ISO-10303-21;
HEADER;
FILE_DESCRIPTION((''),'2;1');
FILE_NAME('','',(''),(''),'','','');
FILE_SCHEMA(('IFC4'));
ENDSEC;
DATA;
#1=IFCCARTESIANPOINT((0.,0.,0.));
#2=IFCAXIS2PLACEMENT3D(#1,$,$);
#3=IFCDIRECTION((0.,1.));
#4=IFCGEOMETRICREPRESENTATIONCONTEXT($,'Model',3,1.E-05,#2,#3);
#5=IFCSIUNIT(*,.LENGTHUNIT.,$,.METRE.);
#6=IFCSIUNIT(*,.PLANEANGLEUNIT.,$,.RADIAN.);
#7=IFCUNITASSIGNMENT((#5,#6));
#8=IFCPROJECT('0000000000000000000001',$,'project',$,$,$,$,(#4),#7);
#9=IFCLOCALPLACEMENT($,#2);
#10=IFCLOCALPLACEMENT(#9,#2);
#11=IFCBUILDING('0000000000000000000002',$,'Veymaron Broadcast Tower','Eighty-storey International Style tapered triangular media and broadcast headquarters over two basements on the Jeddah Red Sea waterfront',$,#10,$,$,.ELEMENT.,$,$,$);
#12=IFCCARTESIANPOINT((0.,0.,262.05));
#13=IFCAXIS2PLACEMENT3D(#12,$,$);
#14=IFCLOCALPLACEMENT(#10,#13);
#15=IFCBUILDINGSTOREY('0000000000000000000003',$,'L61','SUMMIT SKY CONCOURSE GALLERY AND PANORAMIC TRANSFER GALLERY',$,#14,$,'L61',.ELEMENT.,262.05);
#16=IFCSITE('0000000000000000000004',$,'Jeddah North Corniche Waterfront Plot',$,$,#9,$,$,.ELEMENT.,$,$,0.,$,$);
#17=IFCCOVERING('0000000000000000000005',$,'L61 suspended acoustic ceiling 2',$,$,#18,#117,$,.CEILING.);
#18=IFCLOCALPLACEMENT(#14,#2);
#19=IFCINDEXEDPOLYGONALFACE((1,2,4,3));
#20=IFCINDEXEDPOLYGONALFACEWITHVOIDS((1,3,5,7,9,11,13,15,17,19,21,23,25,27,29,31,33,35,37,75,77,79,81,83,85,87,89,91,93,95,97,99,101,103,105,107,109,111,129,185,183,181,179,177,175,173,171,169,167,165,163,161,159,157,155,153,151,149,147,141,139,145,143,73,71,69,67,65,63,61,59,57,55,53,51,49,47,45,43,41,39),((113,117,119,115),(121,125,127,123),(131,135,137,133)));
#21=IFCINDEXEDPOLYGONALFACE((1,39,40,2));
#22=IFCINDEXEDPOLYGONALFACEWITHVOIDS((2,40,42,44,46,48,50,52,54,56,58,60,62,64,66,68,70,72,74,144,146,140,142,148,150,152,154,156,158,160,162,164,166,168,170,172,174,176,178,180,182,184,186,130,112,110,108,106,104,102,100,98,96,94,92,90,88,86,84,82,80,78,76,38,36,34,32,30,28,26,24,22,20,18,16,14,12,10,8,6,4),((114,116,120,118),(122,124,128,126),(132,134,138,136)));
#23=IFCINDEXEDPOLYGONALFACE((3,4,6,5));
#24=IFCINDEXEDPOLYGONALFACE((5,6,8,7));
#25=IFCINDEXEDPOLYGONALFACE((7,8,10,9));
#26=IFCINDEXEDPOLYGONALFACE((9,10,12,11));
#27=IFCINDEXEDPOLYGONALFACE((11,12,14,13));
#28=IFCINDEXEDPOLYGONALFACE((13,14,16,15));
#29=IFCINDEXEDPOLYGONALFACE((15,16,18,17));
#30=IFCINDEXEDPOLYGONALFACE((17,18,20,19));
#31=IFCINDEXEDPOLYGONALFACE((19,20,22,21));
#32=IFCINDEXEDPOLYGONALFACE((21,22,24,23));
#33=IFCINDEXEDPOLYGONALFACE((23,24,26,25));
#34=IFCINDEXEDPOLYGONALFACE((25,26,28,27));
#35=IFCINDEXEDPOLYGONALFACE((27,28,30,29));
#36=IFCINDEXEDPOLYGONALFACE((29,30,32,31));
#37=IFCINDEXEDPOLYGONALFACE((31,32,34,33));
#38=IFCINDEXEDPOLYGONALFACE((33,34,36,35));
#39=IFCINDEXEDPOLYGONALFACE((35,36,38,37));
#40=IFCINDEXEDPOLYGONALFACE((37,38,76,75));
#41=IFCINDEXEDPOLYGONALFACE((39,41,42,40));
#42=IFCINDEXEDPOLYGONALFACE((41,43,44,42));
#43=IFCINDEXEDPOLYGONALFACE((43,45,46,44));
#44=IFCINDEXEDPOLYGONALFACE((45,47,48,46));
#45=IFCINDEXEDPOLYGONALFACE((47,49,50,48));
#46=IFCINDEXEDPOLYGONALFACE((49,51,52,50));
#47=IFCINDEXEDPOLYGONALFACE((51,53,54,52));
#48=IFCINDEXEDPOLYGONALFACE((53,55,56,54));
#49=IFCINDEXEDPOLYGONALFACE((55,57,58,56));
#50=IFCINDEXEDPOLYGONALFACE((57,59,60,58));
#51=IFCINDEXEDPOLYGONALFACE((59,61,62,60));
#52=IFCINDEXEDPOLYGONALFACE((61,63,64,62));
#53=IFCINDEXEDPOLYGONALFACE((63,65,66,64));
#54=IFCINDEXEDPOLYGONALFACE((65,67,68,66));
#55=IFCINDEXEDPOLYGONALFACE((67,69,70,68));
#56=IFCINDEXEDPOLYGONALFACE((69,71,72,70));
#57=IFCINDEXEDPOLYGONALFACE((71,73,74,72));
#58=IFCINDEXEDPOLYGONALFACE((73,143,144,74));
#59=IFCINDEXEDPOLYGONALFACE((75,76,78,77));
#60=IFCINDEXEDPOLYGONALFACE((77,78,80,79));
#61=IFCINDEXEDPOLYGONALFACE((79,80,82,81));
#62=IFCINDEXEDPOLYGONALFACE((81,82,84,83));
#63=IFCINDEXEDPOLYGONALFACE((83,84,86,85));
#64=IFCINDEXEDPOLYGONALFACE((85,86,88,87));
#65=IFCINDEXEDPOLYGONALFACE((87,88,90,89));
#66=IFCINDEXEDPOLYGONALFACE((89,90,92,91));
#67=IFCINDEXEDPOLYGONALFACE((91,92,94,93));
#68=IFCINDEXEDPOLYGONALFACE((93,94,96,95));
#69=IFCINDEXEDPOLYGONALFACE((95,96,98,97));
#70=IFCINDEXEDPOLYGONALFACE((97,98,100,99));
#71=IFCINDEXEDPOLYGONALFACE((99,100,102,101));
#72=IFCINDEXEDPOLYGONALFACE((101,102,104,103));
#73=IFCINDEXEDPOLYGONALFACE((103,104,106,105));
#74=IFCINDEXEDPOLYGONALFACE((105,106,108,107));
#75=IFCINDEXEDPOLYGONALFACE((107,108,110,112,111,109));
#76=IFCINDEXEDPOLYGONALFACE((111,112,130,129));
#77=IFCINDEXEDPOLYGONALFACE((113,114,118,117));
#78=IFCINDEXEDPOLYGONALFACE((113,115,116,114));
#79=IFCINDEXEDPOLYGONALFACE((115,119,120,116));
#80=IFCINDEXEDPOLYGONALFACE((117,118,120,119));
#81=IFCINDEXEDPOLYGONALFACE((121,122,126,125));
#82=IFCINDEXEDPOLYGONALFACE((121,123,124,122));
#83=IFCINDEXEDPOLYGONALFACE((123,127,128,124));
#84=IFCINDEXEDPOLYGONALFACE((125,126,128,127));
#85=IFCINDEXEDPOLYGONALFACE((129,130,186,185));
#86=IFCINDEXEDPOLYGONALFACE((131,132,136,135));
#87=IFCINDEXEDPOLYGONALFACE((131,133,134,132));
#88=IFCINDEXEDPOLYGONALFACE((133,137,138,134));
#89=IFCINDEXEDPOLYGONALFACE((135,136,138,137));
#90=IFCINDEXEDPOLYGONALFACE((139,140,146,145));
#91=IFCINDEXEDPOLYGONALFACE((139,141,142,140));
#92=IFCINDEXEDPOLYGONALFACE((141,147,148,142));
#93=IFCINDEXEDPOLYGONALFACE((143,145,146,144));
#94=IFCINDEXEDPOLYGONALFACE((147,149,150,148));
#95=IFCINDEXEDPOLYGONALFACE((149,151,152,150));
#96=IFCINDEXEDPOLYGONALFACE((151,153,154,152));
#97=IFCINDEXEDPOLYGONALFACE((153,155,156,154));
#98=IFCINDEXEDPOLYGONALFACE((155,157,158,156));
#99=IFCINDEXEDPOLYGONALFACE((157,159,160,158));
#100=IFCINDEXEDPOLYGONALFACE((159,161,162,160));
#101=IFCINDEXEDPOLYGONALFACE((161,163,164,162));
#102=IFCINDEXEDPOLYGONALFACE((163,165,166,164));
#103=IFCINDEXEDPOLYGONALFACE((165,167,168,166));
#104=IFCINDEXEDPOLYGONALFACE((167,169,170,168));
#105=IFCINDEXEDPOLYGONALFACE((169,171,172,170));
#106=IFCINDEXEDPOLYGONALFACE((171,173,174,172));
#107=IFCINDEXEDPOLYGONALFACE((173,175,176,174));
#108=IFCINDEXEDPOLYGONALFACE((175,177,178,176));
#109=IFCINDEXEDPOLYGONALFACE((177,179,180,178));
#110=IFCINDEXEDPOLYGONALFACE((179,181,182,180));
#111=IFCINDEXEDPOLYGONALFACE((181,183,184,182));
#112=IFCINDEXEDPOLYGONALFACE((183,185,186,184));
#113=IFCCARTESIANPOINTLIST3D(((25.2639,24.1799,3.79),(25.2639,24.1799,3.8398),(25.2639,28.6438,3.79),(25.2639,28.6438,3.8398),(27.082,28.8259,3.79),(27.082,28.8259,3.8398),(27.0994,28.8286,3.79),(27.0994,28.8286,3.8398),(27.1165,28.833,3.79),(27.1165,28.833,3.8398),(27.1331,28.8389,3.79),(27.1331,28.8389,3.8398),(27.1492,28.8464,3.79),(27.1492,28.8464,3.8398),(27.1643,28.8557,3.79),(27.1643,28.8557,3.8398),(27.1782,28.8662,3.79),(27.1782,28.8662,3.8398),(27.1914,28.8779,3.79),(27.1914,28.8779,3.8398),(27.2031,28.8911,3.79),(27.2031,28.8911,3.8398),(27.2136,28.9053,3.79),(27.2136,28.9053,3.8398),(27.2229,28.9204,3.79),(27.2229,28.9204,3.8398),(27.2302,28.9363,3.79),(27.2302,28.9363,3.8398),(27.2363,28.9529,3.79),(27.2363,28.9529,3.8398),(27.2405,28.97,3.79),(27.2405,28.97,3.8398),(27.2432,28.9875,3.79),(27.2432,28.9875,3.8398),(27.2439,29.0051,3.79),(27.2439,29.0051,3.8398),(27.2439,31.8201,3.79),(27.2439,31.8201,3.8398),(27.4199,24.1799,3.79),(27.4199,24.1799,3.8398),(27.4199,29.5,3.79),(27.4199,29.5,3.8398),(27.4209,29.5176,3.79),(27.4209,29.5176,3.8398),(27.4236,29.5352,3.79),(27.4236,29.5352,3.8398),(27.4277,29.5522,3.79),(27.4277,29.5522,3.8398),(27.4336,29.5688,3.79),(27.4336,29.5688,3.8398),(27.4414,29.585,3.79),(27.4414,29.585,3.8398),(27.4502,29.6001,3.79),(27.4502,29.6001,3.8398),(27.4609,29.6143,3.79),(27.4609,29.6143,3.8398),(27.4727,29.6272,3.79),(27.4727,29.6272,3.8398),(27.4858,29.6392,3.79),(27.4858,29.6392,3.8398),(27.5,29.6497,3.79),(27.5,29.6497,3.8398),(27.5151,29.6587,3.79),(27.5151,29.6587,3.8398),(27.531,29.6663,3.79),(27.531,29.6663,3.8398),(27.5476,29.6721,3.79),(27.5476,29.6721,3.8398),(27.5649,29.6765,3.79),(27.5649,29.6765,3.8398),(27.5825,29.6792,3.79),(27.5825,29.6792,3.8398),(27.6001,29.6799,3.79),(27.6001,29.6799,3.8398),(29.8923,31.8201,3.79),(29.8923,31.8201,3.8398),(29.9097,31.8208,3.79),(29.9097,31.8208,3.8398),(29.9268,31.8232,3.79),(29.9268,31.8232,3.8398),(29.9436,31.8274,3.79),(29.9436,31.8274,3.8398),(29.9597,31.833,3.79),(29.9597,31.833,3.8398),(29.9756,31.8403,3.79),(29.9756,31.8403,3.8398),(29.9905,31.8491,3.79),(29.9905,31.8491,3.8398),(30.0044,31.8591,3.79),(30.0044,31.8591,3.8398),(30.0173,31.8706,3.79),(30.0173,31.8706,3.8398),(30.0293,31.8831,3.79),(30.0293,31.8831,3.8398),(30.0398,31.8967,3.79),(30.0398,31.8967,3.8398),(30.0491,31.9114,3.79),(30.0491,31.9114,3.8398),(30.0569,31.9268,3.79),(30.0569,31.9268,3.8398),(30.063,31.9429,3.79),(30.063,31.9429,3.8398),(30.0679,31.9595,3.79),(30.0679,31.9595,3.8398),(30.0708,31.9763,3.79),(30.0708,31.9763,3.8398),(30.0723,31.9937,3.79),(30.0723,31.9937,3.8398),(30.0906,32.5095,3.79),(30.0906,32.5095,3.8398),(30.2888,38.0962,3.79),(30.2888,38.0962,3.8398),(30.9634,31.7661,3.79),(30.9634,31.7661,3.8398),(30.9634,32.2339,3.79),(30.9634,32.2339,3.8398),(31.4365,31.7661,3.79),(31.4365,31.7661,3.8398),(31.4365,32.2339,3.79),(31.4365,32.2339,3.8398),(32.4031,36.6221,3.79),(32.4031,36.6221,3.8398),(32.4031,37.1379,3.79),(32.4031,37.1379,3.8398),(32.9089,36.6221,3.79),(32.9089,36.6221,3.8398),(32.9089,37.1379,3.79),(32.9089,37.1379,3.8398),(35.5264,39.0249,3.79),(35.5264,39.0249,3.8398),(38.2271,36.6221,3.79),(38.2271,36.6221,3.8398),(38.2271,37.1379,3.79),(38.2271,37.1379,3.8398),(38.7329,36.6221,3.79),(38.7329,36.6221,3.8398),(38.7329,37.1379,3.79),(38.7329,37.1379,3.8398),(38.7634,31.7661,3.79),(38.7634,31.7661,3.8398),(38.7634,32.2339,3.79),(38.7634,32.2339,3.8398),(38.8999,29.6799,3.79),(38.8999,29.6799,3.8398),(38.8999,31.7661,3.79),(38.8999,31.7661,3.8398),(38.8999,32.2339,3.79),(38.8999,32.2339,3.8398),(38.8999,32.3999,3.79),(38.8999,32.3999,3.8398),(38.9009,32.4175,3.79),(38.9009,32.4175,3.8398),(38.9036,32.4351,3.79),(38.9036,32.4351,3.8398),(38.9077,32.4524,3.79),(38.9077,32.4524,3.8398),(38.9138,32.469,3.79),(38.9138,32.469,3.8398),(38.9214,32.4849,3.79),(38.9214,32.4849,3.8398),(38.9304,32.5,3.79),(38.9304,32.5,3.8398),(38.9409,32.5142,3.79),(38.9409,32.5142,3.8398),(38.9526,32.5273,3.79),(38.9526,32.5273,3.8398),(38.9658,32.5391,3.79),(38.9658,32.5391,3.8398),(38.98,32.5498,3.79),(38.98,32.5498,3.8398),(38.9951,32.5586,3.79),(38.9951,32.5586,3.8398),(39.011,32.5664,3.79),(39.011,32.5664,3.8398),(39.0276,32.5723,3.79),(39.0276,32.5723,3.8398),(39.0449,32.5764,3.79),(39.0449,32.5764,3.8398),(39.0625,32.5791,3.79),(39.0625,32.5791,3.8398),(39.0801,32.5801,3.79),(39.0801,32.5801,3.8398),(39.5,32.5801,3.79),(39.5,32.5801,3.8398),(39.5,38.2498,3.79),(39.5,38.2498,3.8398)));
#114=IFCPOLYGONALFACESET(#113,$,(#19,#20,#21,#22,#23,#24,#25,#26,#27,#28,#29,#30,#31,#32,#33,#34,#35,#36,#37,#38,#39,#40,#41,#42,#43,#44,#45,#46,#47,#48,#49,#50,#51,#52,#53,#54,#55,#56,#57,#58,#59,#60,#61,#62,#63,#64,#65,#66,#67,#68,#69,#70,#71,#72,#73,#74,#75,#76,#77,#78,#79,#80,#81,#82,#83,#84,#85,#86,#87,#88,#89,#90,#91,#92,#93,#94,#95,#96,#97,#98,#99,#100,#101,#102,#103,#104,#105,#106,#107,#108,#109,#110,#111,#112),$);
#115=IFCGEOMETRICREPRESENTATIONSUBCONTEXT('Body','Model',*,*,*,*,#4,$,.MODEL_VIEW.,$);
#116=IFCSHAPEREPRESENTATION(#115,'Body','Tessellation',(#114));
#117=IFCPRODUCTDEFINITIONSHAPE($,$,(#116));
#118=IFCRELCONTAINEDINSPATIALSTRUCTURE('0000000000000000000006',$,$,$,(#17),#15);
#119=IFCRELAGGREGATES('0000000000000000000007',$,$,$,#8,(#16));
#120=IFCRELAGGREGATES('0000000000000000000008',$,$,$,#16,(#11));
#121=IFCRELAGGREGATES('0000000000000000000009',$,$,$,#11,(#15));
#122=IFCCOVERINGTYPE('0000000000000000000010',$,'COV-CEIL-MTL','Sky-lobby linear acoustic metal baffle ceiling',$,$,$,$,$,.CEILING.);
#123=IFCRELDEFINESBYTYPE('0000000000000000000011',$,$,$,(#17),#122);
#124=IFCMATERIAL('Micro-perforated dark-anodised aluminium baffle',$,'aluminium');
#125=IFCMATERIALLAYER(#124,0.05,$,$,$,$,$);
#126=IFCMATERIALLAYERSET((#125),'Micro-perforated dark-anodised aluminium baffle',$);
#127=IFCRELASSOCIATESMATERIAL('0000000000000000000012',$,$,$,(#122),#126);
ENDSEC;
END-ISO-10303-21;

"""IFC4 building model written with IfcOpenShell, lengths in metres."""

from ifc_helpers import new_model, si_unit, direction, frame, origin, place, context, subcontext, project, spatial, polyline, outline, extrude, material, layer, layer_set, type_object, element, save


model = new_model("IFC4")

# Units and contexts
model_context = context("Model", 3, precision=1e-05, world=origin(), true_north=direction((0.0, 1.0)))
body_context = subcontext(model_context, "Body", "Model", "MODEL_VIEW")
ifc_project = project(units=[si_unit("LENGTHUNIT", "METRE"), si_unit("PLANEANGLEUNIT", "RADIAN")], contexts=[model_context])

# Site, building, storey
site_placement = place(None, origin())
site = spatial("IfcSite", under=ifc_project, at=site_placement, Name="Jeddah North Corniche Waterfront Plot", CompositionType="ELEMENT", RefElevation=0.0)
building_placement = place(site_placement, origin())
building = spatial("IfcBuilding", under=site, at=building_placement, Name="Veymaron Broadcast Tower", Description="Eighty-storey International Style tapered triangular media and broadcast headquarters over two basements on the Jeddah Red Sea waterfront", CompositionType="ELEMENT")
storey_placement = place(building_placement, frame((0.0, 0.0, 262.05)))
storey = spatial("IfcBuildingStorey", under=building, at=storey_placement, Name="L61", Description="SUMMIT SKY CONCOURSE GALLERY AND PANORAMIC TRANSFER GALLERY", LongName="L61", CompositionType="ELEMENT", Elevation=262.05)

# Covering
ifc_material_1 = material(Name="Micro-perforated dark-anodised aluminium baffle", Category="aluminium")
ifc_layer_1 = layer(ifc_material_1, 0.05)
ifc_layer_set_1 = layer_set([ifc_layer_1], Name="Micro-perforated dark-anodised aluminium baffle")
covering_type_1 = type_object("IfcCoveringType", Name="COV-CEIL-MTL", Description="Sky-lobby linear acoustic metal baffle ceiling", PredefinedType="CEILING", material=ifc_layer_set_1)
covering_1_placement = place(storey_placement, frame((0.0, 0.0, 3.79)))
element("IfcCovering", 1, at=covering_1_placement, inside=storey, type_object=covering_type_1, Name="L61 suspended acoustic ceiling 2", PredefinedType="CEILING", context=body_context, shape_type="SweptSolid", body=[
    extrude(outline(polyline([(27.2432, 28.9875), (27.2439, 29.0051), (27.2439, 31.8201), (29.8923, 31.8201), (29.9097, 31.8208), (29.9268, 31.8232), (29.9436, 31.8274), (29.9597, 31.833), (29.9756, 31.8403), (29.9905, 31.8491), (30.0044, 31.8591), (30.0173, 31.8706), (30.0293, 31.8831), (30.0398, 31.8967), (30.0491, 31.9114), (30.0569, 31.9268), (30.063, 31.9429), (30.0679, 31.9595), (30.0708, 31.9763), (30.0723, 31.9937), (30.0906, 32.5095), (30.2888, 38.0962), (35.5264, 39.0249), (39.5, 38.2498), (39.5, 32.5801), (39.0801, 32.5801), (39.0625, 32.5791), (39.0449, 32.5764), (39.0276, 32.5723), (39.011, 32.5664), (38.9951, 32.5586), (38.98, 32.5498), (38.9658, 32.5391), (38.9526, 32.5273), (38.9409, 32.5142), (38.9304, 32.5), (38.9214, 32.4849), (38.9138, 32.469), (38.9077, 32.4524), (38.9036, 32.4351), (38.9009, 32.4175), (38.8999, 32.3999), (38.8999, 32.2339), (38.7634, 32.2339), (38.7634, 31.7661), (38.8999, 31.7661), (38.8999, 29.6799), (27.6001, 29.6799), (27.5825, 29.6792), (27.5649, 29.6765), (27.5476, 29.6721), (27.531, 29.6663), (27.5151, 29.6587), (27.5, 29.6497), (27.4858, 29.6392), (27.4727, 29.6272), (27.4609, 29.6143), (27.4502, 29.6001), (27.4414, 29.585), (27.4336, 29.5688), (27.4277, 29.5522), (27.4236, 29.5352), (27.4209, 29.5176), (27.4199, 29.5), (27.4199, 24.1799), (25.2639, 24.1799), (25.2639, 28.6438), (27.082, 28.8259), (27.0994, 28.8286), (27.1165, 28.833), (27.1331, 28.8389), (27.1492, 28.8464), (27.1643, 28.8557), (27.1782, 28.8662), (27.1914, 28.8779), (27.2031, 28.8911), (27.2136, 28.9053), (27.2229, 28.9204), (27.2302, 28.9363), (27.2363, 28.9529), (27.2405, 28.97), (27.2432, 28.9875)]), holes=[polyline([(38.2271, 36.6221), (38.7329, 36.6221), (38.7329, 37.1379), (38.2271, 37.1379), (38.2271, 36.6221)]), polyline([(32.9089, 36.6221), (32.9089, 37.1379), (32.4031, 37.1379), (32.4031, 36.6221), (32.9089, 36.6221)]), polyline([(31.4365, 31.7661), (31.4365, 32.2339), (30.9634, 32.2339), (30.9634, 31.7661), (31.4365, 31.7661)])]), origin(), (0.0, 0.0, 1.0), 0.0498),
])

save(model, "model.ifc")
